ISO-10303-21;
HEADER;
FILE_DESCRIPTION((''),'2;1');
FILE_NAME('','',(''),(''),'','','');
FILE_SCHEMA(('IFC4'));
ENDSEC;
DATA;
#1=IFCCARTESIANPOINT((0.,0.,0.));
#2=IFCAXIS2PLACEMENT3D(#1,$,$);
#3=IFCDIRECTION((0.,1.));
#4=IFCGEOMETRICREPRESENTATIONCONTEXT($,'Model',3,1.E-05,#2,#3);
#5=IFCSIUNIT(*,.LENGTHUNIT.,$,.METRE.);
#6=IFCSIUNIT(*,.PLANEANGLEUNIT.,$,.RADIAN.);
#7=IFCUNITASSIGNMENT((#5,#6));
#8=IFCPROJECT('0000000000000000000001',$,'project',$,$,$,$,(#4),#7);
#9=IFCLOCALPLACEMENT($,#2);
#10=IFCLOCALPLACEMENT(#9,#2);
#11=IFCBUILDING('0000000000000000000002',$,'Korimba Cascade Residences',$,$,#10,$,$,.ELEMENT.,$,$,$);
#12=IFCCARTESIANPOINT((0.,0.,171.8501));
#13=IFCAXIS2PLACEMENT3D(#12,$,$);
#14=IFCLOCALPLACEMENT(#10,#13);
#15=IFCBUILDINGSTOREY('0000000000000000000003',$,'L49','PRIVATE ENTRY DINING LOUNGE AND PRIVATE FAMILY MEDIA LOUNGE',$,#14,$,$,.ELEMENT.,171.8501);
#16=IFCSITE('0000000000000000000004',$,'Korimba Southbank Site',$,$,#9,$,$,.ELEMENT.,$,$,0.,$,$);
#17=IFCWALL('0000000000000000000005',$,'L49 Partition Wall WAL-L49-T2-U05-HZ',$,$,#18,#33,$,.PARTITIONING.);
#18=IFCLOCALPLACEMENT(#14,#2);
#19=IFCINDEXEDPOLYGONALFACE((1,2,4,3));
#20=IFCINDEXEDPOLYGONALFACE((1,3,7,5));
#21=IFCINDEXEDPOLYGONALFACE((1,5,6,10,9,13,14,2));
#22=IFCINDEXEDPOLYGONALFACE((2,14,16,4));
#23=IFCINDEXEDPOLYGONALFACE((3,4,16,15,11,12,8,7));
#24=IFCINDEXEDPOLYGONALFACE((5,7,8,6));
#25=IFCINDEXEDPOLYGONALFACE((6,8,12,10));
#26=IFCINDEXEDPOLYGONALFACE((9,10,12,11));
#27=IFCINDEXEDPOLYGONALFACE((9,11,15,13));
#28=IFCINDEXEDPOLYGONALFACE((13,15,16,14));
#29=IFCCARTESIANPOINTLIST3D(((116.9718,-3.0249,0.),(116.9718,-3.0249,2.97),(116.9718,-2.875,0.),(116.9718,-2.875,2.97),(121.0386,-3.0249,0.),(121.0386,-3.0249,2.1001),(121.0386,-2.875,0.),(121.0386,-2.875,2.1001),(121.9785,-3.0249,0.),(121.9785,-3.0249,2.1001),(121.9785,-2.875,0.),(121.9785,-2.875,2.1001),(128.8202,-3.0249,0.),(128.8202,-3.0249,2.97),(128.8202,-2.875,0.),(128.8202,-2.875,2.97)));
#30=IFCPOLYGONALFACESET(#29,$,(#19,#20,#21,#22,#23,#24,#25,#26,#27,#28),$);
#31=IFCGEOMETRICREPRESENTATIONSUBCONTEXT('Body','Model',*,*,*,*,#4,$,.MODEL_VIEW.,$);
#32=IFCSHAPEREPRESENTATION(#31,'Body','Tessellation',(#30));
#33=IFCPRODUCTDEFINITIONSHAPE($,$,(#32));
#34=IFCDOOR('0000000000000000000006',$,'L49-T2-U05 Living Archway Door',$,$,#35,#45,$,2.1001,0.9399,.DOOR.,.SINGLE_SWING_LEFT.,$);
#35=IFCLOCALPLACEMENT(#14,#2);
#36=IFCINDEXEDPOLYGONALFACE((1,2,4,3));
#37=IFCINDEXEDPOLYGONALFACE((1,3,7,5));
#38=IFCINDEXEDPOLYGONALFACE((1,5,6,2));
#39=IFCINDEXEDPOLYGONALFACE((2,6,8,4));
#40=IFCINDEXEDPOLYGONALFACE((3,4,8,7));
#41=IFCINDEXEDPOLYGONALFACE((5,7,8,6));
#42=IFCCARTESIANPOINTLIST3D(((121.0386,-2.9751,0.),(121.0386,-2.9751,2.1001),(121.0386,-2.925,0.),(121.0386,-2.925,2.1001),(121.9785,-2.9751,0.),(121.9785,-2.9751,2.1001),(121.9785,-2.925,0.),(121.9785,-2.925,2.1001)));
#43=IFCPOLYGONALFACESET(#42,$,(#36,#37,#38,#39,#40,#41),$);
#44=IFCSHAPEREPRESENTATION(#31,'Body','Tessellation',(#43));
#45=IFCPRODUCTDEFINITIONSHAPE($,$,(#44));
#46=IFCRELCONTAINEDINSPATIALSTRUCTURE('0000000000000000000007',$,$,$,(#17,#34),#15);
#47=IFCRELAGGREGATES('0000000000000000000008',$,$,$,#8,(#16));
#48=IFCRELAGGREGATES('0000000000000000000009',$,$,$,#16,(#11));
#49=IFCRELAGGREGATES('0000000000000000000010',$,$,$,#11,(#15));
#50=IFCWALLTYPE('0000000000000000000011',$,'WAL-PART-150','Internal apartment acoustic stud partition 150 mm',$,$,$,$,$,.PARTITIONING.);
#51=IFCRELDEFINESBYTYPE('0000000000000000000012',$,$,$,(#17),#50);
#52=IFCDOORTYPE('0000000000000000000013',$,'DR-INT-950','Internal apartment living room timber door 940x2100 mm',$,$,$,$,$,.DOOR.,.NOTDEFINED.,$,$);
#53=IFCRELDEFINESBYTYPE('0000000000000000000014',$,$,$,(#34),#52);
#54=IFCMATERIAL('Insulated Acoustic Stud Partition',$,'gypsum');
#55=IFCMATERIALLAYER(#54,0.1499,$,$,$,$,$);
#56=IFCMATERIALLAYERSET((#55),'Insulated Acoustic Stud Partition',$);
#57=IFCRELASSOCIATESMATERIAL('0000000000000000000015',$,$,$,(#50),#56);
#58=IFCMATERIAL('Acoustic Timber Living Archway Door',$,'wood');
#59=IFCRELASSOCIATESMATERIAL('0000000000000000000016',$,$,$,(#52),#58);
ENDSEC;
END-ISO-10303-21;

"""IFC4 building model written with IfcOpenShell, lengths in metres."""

from ifc_helpers import new_model, si_unit, direction, frame, frame_2d, origin, place, context, subcontext, project, spatial, rectangle, extrude, material, layer, layer_set, type_object, element, fill, save


model = new_model("IFC4")

# Units and contexts
model_context = context("Model", 3, precision=1e-05, world=origin(), true_north=direction((0.0, 1.0)))
body_context = subcontext(model_context, "Body", "Model", "MODEL_VIEW")
ifc_project = project(units=[si_unit("LENGTHUNIT", "METRE"), si_unit("PLANEANGLEUNIT", "RADIAN")], contexts=[model_context])

# Site, building, storey
site_placement = place(None, origin())
site = spatial("IfcSite", under=ifc_project, at=site_placement, Name="Korimba Southbank Site", CompositionType="ELEMENT", RefElevation=0.0)
building_placement = place(site_placement, origin())
building = spatial("IfcBuilding", under=site, at=building_placement, Name="Korimba Cascade Residences", CompositionType="ELEMENT")
storey_placement = place(building_placement, frame((0.0, 0.0, 171.8501)))
storey = spatial("IfcBuildingStorey", under=building, at=storey_placement, Name="L49", Description="PRIVATE ENTRY DINING LOUNGE AND PRIVATE FAMILY MEDIA LOUNGE", CompositionType="ELEMENT", Elevation=171.8501)

# Shared definitions
ifc_material_1 = material(Name="Insulated Acoustic Stud Partition", Category="gypsum")
ifc_layer_1 = layer(ifc_material_1, 0.1499)
ifc_layer_set_1 = layer_set([ifc_layer_1], Name="Insulated Acoustic Stud Partition")
wall_type_1 = type_object("IfcWallType", Name="WAL-PART-150", Description="Internal apartment acoustic stud partition 150 mm", PredefinedType="PARTITIONING", material=ifc_layer_set_1)

# Wall, opening, door
wall_1_placement = place(storey_placement, frame((116.9717, -2.95, 0.0), z_axis=(0.0, 0.0, 1.0), x_axis=(1.0, 0.0, 0.0)))
wall_1 = element("IfcWall", 1, at=wall_1_placement, inside=storey, type_object=wall_type_1, Name="L49 Partition Wall WAL-L49-T2-U05-HZ", PredefinedType="PARTITIONING", context=body_context, shape_type="SweptSolid", body=[
    extrude(rectangle(XDim=11.8484, YDim=0.1499, at=frame_2d((5.9243, 0.0))), origin(), (0.0, 0.0, 1.0), 2.97),
])
opening_1_placement = place(wall_1_placement, frame((4.0669, 0.0, 0.0)))
opening_1 = element("IfcOpeningElement", 2, at=opening_1_placement, cuts=wall_1, PredefinedType="OPENING", context=body_context, shape_type="SweptSolid", body=[
    extrude(rectangle(XDim=0.9399, YDim=2.1001, at=frame_2d((0.47, 1.05))), frame((0.0, 0.085, 0.0), z_axis=(0.0, -1.0, 0.0), x_axis=(1.0, 0.0, 0.0)), (0.0, 0.0, 1.0), 0.1699),
])
ifc_material_2 = material(Name="Acoustic Timber Living Archway Door", Category="wood")
door_type_1 = type_object("IfcDoorType", Name="DR-INT-950", Description="Internal apartment living room timber door 940x2100 mm", OperationType="NOTDEFINED", PredefinedType="DOOR", material=ifc_material_2)
door_1_placement = place(opening_1_placement, origin())
door_1 = element("IfcDoor", 3, at=door_1_placement, inside=storey, type_object=door_type_1, Name="L49-T2-U05 Living Archway Door", OperationType="SINGLE_SWING_LEFT", OverallHeight=2.1001, OverallWidth=0.9399, PredefinedType="DOOR", context=body_context, shape_type="SweptSolid", body=[
    extrude(rectangle(XDim=0.9399, YDim=2.1001, at=frame_2d((0.47, 1.05))), frame((0.0, 0.0249, 0.0), z_axis=(0.0, -1.0, 0.0), x_axis=(1.0, 0.0, 0.0)), (0.0, 0.0, 1.0), 0.05),
])
fill(opening_1, door_1)

save(model, "model.ifc")
